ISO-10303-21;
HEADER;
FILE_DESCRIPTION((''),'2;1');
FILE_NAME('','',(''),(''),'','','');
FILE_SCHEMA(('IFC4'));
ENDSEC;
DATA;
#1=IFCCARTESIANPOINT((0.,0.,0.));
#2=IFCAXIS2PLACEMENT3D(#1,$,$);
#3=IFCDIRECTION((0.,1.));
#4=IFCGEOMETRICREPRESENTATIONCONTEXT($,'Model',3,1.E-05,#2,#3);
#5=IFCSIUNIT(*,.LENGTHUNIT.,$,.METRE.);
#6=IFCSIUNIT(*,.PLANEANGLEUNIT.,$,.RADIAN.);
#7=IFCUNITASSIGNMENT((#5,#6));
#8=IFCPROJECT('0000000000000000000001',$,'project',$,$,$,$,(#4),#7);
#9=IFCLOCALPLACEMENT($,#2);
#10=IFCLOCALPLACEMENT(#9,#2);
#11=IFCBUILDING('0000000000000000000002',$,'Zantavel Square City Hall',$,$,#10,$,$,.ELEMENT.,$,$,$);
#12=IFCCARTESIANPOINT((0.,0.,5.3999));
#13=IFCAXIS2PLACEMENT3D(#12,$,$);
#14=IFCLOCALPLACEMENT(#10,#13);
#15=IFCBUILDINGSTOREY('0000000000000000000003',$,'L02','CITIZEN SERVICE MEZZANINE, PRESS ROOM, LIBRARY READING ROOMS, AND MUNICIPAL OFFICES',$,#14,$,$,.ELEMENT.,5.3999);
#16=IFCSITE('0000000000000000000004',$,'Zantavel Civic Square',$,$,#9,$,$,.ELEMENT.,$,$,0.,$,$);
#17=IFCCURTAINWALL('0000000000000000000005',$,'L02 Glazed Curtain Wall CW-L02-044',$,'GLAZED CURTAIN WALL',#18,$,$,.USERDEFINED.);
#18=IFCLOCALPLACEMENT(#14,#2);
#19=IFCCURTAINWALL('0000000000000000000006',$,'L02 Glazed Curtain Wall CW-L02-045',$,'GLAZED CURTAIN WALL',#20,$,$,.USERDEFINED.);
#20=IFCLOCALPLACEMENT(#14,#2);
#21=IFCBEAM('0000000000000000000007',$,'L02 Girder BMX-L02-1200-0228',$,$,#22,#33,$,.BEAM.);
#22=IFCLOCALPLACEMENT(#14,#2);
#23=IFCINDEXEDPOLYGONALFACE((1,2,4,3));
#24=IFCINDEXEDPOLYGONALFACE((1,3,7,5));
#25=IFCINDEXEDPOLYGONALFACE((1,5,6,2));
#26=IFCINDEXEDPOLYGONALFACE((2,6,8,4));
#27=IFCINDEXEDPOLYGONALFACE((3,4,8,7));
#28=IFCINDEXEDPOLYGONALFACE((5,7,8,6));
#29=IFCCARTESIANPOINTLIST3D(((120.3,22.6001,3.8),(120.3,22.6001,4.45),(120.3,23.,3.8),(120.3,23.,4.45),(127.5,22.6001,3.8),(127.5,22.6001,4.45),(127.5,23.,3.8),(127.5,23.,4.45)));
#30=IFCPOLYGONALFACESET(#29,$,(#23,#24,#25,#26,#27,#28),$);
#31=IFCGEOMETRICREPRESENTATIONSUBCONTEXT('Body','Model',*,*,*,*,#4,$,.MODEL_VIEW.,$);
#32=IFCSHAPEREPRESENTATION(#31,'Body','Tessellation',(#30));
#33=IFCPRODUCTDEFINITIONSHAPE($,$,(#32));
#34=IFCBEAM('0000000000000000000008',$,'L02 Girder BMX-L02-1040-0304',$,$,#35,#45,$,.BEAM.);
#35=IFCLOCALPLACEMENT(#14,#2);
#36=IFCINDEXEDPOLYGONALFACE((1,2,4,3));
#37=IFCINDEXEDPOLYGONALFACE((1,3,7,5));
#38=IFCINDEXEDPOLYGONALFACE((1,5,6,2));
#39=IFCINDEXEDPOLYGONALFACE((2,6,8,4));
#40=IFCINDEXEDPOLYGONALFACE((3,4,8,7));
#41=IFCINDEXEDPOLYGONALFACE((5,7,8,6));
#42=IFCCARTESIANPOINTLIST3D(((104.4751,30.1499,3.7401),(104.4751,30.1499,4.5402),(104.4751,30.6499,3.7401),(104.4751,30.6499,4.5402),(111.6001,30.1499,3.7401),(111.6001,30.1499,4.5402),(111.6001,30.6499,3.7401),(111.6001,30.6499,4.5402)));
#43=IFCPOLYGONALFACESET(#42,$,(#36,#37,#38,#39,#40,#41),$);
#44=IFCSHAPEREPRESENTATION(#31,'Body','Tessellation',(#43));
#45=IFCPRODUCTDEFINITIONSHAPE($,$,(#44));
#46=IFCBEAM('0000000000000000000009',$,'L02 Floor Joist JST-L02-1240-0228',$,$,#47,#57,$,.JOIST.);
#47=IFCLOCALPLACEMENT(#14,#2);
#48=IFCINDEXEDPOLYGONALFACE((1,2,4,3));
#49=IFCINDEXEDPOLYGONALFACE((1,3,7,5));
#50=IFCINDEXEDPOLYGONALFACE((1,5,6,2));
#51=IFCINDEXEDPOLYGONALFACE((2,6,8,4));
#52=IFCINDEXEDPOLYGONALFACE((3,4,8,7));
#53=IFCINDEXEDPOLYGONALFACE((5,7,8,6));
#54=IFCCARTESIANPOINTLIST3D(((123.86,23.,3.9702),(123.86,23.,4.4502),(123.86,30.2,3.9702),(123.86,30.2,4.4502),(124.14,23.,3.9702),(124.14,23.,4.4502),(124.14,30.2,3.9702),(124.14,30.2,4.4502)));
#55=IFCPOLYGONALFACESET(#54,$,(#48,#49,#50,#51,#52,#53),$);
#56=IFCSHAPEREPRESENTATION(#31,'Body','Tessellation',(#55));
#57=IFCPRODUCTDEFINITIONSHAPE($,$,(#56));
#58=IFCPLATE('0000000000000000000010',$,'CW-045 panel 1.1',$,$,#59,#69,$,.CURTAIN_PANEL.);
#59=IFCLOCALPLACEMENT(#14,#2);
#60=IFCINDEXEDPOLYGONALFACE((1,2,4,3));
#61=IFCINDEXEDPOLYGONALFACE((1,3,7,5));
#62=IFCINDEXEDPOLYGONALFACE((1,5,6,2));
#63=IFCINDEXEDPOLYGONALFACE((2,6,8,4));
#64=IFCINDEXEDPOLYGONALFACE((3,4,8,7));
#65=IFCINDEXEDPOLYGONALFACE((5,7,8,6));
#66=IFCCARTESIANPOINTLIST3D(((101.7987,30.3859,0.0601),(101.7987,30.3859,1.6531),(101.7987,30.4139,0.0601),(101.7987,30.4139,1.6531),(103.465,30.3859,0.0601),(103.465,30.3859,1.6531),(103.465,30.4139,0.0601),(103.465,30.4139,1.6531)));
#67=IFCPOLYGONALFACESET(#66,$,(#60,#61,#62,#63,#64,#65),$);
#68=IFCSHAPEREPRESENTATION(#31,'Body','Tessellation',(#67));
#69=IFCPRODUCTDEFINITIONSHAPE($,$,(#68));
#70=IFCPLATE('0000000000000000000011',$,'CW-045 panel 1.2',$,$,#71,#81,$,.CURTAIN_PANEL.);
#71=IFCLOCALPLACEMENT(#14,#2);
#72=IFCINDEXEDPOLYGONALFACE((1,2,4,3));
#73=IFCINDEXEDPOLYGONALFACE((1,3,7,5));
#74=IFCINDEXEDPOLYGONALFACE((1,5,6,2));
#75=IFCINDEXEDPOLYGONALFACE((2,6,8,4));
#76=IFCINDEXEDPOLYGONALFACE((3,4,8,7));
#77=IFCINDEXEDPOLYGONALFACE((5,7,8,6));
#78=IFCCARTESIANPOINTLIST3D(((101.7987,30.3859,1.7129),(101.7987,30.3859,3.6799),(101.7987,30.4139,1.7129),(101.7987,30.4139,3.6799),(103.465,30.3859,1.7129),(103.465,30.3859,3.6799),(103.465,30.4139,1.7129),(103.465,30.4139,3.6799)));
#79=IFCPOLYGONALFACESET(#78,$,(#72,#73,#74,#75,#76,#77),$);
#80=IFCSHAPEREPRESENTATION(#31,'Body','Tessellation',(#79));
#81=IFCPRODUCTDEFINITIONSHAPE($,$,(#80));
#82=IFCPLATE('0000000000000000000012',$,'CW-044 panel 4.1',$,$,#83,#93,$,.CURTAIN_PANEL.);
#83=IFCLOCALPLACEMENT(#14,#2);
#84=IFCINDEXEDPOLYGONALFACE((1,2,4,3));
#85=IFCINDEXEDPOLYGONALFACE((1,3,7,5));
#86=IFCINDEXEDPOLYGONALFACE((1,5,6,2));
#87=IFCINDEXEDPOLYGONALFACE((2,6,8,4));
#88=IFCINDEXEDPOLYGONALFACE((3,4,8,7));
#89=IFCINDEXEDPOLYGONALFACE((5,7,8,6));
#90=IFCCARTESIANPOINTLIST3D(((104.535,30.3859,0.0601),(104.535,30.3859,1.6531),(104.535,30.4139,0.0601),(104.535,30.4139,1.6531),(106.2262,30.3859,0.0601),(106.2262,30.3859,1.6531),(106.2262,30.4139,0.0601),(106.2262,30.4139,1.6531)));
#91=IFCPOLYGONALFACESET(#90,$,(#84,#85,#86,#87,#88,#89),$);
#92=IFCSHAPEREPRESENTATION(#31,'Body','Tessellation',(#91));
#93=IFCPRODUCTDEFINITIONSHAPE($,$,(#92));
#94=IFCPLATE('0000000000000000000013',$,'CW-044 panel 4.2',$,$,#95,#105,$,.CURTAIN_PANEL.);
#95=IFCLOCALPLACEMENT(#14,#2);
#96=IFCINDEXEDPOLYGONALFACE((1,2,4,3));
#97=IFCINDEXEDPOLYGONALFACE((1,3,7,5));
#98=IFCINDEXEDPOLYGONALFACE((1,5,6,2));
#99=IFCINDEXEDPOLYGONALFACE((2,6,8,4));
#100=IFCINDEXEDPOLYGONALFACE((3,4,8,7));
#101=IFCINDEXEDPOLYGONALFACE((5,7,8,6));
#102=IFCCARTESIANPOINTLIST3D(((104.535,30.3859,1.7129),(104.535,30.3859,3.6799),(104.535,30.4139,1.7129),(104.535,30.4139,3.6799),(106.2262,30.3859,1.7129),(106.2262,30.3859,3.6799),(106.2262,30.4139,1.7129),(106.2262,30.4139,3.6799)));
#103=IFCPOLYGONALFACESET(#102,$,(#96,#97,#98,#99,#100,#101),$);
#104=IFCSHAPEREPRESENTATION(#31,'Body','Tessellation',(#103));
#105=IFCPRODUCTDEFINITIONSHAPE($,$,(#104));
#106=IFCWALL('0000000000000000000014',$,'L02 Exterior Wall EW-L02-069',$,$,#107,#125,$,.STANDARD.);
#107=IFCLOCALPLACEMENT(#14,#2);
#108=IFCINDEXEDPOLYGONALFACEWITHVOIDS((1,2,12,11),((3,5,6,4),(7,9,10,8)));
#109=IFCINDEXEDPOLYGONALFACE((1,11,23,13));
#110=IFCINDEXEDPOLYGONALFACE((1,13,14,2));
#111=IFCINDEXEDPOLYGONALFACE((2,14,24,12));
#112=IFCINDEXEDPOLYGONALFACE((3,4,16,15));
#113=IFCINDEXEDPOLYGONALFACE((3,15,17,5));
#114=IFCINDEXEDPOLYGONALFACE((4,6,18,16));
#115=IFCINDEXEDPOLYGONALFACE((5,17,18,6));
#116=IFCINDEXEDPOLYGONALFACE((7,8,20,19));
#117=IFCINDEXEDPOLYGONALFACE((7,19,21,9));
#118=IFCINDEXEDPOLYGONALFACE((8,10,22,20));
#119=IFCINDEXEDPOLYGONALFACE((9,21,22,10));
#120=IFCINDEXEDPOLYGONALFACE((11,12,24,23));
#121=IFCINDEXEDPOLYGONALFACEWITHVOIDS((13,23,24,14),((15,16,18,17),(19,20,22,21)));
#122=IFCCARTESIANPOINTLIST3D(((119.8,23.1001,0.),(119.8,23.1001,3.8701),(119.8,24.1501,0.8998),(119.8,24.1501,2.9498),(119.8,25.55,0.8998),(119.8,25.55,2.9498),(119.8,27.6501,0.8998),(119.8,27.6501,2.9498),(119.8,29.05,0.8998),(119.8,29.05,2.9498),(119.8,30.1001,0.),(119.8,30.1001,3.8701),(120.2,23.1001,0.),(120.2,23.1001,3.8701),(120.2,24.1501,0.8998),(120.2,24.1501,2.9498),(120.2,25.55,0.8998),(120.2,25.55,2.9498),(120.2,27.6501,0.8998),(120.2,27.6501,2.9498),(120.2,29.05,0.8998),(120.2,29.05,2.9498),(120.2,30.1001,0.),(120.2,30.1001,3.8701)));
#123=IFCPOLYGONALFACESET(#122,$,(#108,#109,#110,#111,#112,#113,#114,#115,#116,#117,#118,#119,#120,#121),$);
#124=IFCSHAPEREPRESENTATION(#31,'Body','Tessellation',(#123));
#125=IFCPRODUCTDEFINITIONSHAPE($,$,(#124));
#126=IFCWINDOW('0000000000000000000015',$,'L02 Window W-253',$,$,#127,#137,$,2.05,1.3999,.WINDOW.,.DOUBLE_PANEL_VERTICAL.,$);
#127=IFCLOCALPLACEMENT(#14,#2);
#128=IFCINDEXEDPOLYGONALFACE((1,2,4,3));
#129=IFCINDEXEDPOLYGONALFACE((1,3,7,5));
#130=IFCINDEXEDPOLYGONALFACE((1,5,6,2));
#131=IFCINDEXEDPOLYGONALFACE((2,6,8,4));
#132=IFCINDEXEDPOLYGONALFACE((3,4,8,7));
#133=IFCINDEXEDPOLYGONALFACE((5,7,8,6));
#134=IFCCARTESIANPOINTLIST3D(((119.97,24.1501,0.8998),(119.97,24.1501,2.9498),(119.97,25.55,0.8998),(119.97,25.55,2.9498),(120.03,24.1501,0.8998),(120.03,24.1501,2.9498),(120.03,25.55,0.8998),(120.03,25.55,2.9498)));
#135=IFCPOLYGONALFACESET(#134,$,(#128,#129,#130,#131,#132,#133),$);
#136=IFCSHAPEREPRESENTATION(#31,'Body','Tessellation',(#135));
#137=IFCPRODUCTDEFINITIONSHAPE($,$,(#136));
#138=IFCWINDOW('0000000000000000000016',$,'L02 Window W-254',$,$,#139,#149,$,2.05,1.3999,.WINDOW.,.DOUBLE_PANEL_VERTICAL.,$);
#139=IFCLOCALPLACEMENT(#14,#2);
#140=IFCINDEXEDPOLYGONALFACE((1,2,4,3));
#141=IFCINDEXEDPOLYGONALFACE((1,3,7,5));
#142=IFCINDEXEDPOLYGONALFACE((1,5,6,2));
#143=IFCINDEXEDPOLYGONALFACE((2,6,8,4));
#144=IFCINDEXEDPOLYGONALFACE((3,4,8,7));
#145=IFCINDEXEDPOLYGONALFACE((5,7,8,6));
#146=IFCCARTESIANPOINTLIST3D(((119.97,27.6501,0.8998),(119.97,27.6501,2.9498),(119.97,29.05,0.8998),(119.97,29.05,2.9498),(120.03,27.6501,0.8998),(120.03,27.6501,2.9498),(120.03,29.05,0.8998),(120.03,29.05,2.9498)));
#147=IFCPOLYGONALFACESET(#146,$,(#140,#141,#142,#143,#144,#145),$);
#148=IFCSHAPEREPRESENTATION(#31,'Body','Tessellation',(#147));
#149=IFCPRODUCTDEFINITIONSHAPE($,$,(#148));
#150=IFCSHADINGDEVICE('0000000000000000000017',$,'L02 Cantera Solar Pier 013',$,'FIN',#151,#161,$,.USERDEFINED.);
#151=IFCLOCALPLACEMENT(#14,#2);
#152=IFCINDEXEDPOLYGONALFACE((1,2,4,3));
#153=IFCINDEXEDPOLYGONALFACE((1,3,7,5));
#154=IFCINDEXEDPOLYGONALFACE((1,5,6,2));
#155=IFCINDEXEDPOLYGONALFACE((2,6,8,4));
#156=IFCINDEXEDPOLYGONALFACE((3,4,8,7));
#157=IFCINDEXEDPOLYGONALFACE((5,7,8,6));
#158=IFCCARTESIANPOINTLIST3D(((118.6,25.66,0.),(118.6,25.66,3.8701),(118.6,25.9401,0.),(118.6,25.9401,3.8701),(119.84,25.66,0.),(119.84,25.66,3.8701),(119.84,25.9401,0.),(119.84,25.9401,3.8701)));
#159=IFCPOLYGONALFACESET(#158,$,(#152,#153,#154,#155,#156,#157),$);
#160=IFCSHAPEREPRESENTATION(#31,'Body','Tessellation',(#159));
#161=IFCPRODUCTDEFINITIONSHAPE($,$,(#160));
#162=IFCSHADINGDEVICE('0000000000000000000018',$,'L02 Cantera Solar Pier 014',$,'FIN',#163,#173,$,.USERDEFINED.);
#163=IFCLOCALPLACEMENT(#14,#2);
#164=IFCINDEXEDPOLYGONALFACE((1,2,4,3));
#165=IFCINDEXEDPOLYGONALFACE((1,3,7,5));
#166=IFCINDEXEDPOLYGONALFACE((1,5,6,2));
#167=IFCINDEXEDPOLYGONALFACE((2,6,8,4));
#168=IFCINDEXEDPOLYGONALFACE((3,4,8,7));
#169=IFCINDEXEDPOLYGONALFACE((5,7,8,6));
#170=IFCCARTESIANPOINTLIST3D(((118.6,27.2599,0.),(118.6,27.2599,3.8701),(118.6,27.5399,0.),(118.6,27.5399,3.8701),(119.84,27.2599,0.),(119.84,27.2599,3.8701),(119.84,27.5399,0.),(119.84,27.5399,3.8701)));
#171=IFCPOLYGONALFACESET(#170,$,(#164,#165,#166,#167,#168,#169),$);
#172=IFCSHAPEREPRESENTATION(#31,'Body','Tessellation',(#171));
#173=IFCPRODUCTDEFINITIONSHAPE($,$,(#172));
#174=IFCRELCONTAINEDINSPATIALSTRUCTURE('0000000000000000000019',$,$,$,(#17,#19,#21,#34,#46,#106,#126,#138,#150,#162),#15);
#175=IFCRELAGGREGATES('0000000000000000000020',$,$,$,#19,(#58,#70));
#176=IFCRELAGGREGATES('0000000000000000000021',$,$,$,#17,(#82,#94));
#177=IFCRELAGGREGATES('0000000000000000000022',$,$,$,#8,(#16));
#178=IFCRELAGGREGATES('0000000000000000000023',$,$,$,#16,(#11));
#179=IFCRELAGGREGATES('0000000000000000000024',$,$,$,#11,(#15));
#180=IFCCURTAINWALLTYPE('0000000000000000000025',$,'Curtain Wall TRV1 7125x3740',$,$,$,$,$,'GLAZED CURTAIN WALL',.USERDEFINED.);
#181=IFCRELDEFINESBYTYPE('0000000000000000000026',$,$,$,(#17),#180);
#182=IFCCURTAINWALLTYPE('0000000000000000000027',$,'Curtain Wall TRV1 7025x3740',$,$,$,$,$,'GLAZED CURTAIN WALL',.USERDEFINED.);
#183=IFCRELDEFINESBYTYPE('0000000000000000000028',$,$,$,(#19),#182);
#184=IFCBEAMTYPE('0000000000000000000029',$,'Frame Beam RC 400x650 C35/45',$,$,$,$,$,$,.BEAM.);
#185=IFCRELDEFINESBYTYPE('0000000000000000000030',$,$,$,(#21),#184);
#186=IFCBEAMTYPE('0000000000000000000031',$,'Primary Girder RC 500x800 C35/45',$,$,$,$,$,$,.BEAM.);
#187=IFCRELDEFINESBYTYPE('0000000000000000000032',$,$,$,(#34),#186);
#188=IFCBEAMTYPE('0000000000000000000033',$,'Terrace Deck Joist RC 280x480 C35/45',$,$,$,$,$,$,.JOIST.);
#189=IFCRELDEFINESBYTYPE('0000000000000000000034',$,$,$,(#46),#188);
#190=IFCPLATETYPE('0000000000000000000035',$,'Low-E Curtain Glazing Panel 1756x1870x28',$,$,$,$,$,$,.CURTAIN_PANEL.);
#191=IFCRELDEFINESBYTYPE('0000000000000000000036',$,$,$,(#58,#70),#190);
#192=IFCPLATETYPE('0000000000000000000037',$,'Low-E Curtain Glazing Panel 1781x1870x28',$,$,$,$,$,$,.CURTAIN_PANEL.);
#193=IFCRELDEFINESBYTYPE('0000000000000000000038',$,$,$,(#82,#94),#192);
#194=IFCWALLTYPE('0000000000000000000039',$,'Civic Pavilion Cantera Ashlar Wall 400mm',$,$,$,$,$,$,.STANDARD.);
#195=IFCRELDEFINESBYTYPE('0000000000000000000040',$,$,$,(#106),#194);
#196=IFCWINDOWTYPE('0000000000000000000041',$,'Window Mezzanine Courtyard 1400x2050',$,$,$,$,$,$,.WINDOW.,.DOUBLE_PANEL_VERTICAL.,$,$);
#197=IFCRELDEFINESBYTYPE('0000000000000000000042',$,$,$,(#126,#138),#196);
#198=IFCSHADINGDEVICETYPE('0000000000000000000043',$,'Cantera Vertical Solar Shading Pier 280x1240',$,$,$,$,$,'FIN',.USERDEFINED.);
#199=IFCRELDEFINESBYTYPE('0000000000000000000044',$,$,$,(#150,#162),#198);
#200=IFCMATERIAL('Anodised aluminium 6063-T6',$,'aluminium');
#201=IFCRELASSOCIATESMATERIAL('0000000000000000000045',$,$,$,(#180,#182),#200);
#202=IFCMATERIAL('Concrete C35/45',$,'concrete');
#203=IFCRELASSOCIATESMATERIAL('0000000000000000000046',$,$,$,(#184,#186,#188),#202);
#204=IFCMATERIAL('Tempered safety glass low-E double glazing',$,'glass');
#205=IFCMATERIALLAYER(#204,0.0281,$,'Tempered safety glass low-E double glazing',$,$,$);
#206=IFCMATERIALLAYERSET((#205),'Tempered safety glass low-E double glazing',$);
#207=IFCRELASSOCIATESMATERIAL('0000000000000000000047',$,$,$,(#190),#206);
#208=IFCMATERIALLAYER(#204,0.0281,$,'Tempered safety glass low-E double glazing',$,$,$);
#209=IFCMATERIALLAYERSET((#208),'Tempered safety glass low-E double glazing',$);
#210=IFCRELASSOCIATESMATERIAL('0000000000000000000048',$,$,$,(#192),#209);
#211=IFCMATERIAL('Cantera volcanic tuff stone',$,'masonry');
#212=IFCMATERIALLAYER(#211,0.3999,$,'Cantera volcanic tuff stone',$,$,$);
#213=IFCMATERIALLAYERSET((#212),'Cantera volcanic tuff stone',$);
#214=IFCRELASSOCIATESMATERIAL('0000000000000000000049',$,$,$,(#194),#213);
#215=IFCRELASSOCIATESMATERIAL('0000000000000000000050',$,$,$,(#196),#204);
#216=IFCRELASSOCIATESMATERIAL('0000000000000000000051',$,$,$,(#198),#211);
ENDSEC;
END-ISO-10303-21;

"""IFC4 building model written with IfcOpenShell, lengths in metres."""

from ifc_helpers import new_model, si_unit, direction, frame, frame_2d, origin, origin_2d, place, context, subcontext, project, spatial, rectangle, extrude, material, layer, layer_set, material_profile, profile_set, type_object, element, fill, aggregate, save


model = new_model("IFC4")

# Units and contexts
model_context = context("Model", 3, precision=1e-05, world=origin(), true_north=direction((0.0, 1.0)))
body_context = subcontext(model_context, "Body", "Model", "MODEL_VIEW")
ifc_project = project(units=[si_unit("LENGTHUNIT", "METRE"), si_unit("PLANEANGLEUNIT", "RADIAN")], contexts=[model_context])

# Site, building, storey
site_placement = place(None, origin())
site = spatial("IfcSite", under=ifc_project, at=site_placement, Name="Zantavel Civic Square", CompositionType="ELEMENT", RefElevation=0.0)
building_placement = place(site_placement, origin())
building = spatial("IfcBuilding", under=site, at=building_placement, Name="Zantavel Square City Hall", CompositionType="ELEMENT")
storey_placement = place(building_placement, frame((0.0, 0.0, 5.3999)))
storey = spatial("IfcBuildingStorey", under=building, at=storey_placement, Name="L02", Description="CITIZEN SERVICE MEZZANINE, PRESS ROOM, LIBRARY READING ROOMS, AND MUNICIPAL OFFICES", CompositionType="ELEMENT", Elevation=5.3999)

# Shared definitions
ifc_material_1 = material(Name="Concrete C35/45", Category="concrete")

# Curtain wall
ifc_material_2 = material(Name="Anodised aluminium 6063-T6", Category="aluminium")
curtain_wall_type_1 = type_object("IfcCurtainWallType", Name="Curtain Wall TRV1 7125x3740", ElementType="GLAZED CURTAIN WALL", PredefinedType="USERDEFINED", material=ifc_material_2)
curtain_wall_1_placement = place(storey_placement, origin())
curtain_wall_1 = element("IfcCurtainWall", 1, at=curtain_wall_1_placement, inside=storey, type_object=curtain_wall_type_1, Name="L02 Glazed Curtain Wall CW-L02-044", ObjectType="GLAZED CURTAIN WALL", PredefinedType="USERDEFINED")

# Curtain wall
curtain_wall_type_2 = type_object("IfcCurtainWallType", Name="Curtain Wall TRV1 7025x3740", ElementType="GLAZED CURTAIN WALL", PredefinedType="USERDEFINED", material=ifc_material_2)
curtain_wall_2_placement = place(storey_placement, origin())
curtain_wall_2 = element("IfcCurtainWall", 2, at=curtain_wall_2_placement, inside=storey, type_object=curtain_wall_type_2, Name="L02 Glazed Curtain Wall CW-L02-045", ObjectType="GLAZED CURTAIN WALL", PredefinedType="USERDEFINED")

# Beams
ifc_material_profile_1 = material_profile(ifc_material_1, rectangle(XDim=0.3999, YDim=0.6499, at=origin_2d()), Name="RC 400x650")
ifc_profile_set_1 = profile_set([ifc_material_profile_1], Name="Concrete C35/45")
beam_type_1 = type_object("IfcBeamType", Name="Frame Beam RC 400x650 C35/45", PredefinedType="BEAM", material=ifc_profile_set_1)
beam_1_placement = place(storey_placement, frame((120.3, 22.8, 4.125), z_axis=(1.0, 0.0, 0.0), x_axis=(0.0, 1.0, 0.0)))
element("IfcBeam", 3, at=beam_1_placement, inside=storey, type_object=beam_type_1, Name="L02 Girder BMX-L02-1200-0228", PredefinedType="BEAM", context=body_context, shape_type="SweptSolid", body=[
    extrude(rectangle(XDim=0.3999, YDim=0.6499, at=origin_2d()), origin(), (0.0, 0.0, 1.0), 7.2),
])
ifc_material_profile_2 = material_profile(ifc_material_1, rectangle(XDim=0.5, YDim=0.8, at=origin_2d()), Name="RC 500x800")
ifc_profile_set_2 = profile_set([ifc_material_profile_2], Name="Concrete C35/45")
beam_type_2 = type_object("IfcBeamType", Name="Primary Girder RC 500x800 C35/45", PredefinedType="BEAM", material=ifc_profile_set_2)
beam_2_placement = place(storey_placement, frame((104.4751, 30.3999, 4.1401), z_axis=(1.0, 0.0, 0.0), x_axis=(0.0, 1.0, 0.0)))
element("IfcBeam", 4, at=beam_2_placement, inside=storey, type_object=beam_type_2, Name="L02 Girder BMX-L02-1040-0304", PredefinedType="BEAM", context=body_context, shape_type="SweptSolid", body=[
    extrude(rectangle(XDim=0.5, YDim=0.8, at=origin_2d()), origin(), (0.0, 0.0, 1.0), 7.125),
])
ifc_material_profile_3 = material_profile(ifc_material_1, rectangle(XDim=0.28, YDim=0.48, at=origin_2d()), Name="RC 280x480")
ifc_profile_set_3 = profile_set([ifc_material_profile_3], Name="Concrete C35/45")
beam_type_3 = type_object("IfcBeamType", Name="Terrace Deck Joist RC 280x480 C35/45", PredefinedType="JOIST", material=ifc_profile_set_3)
beam_3_placement = place(storey_placement, frame((124.0, 23.0, 4.2102), z_axis=(0.0, 1.0, 0.0), x_axis=(-1.0, 0.0, 0.0)))
element("IfcBeam", 5, at=beam_3_placement, inside=storey, type_object=beam_type_3, Name="L02 Floor Joist JST-L02-1240-0228", PredefinedType="JOIST", context=body_context, shape_type="SweptSolid", body=[
    extrude(rectangle(XDim=0.28, YDim=0.48, at=origin_2d()), origin(), (0.0, 0.0, 1.0), 7.2),
])

# Plates
ifc_material_3 = material(Name="Tempered safety glass low-E double glazing", Category="glass")
ifc_layer_1 = layer(ifc_material_3, 0.0281, Name="Tempered safety glass low-E double glazing")
ifc_layer_set_1 = layer_set([ifc_layer_1], Name="Tempered safety glass low-E double glazing")
plate_type_1 = type_object("IfcPlateType", Name="Low-E Curtain Glazing Panel 1756x1870x28", PredefinedType="CURTAIN_PANEL", material=ifc_layer_set_1)
plate_1_placement = place(storey_placement, frame((102.6318, 30.3999, 0.0601), z_axis=(0.0, 0.0, 1.0), x_axis=(-1.0, 0.0, 0.0)))
plate_1 = element("IfcPlate", 6, at=plate_1_placement, type_object=plate_type_1, Name="CW-045 panel 1.1", PredefinedType="CURTAIN_PANEL", context=body_context, shape_type="SweptSolid", body=[
    extrude(rectangle(XDim=1.6663, YDim=0.0281, at=origin_2d()), origin(), (0.0, 0.0, 1.0), 1.593),
])
plate_2_placement = place(storey_placement, frame((102.6318, 30.3999, 1.7129), z_axis=(0.0, 0.0, 1.0), x_axis=(-1.0, 0.0, 0.0)))
plate_2 = element("IfcPlate", 7, at=plate_2_placement, type_object=plate_type_1, Name="CW-045 panel 1.2", PredefinedType="CURTAIN_PANEL", context=body_context, shape_type="SweptSolid", body=[
    extrude(rectangle(XDim=1.6663, YDim=0.0281, at=origin_2d()), origin(), (0.0, 0.0, 1.0), 1.967),
])
aggregate(curtain_wall_2, [plate_1, plate_2])
ifc_layer_2 = layer(ifc_material_3, 0.0281, Name="Tempered safety glass low-E double glazing")
ifc_layer_set_2 = layer_set([ifc_layer_2], Name="Tempered safety glass low-E double glazing")
plate_type_2 = type_object("IfcPlateType", Name="Low-E Curtain Glazing Panel 1781x1870x28", PredefinedType="CURTAIN_PANEL", material=ifc_layer_set_2)
plate_3_placement = place(storey_placement, frame((105.3806, 30.3999, 0.0601), z_axis=(0.0, 0.0, 1.0), x_axis=(-1.0, 0.0, 0.0)))
plate_3 = element("IfcPlate", 8, at=plate_3_placement, type_object=plate_type_2, Name="CW-044 panel 4.1", PredefinedType="CURTAIN_PANEL", context=body_context, shape_type="SweptSolid", body=[
    extrude(rectangle(XDim=1.6912, YDim=0.0281, at=origin_2d()), origin(), (0.0, 0.0, 1.0), 1.593),
])
plate_4_placement = place(storey_placement, frame((105.3806, 30.3999, 1.7129), z_axis=(0.0, 0.0, 1.0), x_axis=(-1.0, 0.0, 0.0)))
plate_4 = element("IfcPlate", 9, at=plate_4_placement, type_object=plate_type_2, Name="CW-044 panel 4.2", PredefinedType="CURTAIN_PANEL", context=body_context, shape_type="SweptSolid", body=[
    extrude(rectangle(XDim=1.6912, YDim=0.0281, at=origin_2d()), origin(), (0.0, 0.0, 1.0), 1.967),
])
aggregate(curtain_wall_1, [plate_3, plate_4])

# Wall, openings, windows
ifc_material_4 = material(Name="Cantera volcanic tuff stone", Category="masonry")
ifc_layer_3 = layer(ifc_material_4, 0.3999, Name="Cantera volcanic tuff stone")
ifc_layer_set_3 = layer_set([ifc_layer_3], Name="Cantera volcanic tuff stone")
wall_type = type_object("IfcWallType", Name="Civic Pavilion Cantera Ashlar Wall 400mm", PredefinedType="STANDARD", material=ifc_layer_set_3)
wall_placement = place(storey_placement, frame((120.0, 23.1001, 0.0), z_axis=(0.0, 0.0, 1.0), x_axis=(0.0, 1.0, 0.0)))
wall = element("IfcWall", 10, at=wall_placement, inside=storey, type_object=wall_type, Name="L02 Exterior Wall EW-L02-069", PredefinedType="STANDARD", context=body_context, shape_type="SweptSolid", body=[
    extrude(rectangle(XDim=7.0, YDim=0.3999, at=frame_2d((3.5, 0.0))), origin(), (0.0, 0.0, 1.0), 3.8701),
])
opening_1_placement = place(wall_placement, frame((1.05, 0.0, 0.8999)))
opening_1 = element("IfcOpeningElement", 11, at=opening_1_placement, cuts=wall, PredefinedType="OPENING", context=body_context, shape_type="SweptSolid", body=[
    extrude(rectangle(XDim=1.3999, YDim=2.05, at=frame_2d((0.7, 1.0249))), frame((0.0, 0.21, 0.0), z_axis=(0.0, -1.0, 0.0), x_axis=(1.0, 0.0, 0.0)), (0.0, 0.0, 1.0), 0.4199),
])
opening_2_placement = place(wall_placement, frame((4.55, 0.0, 0.8999)))
opening_2 = element("IfcOpeningElement", 12, at=opening_2_placement, cuts=wall, PredefinedType="OPENING", context=body_context, shape_type="SweptSolid", body=[
    extrude(rectangle(XDim=1.3999, YDim=2.05, at=frame_2d((0.7, 1.0249))), frame((0.0, 0.21, 0.0), z_axis=(0.0, -1.0, 0.0), x_axis=(1.0, 0.0, 0.0)), (0.0, 0.0, 1.0), 0.4199),
])
window_type = type_object("IfcWindowType", Name="Window Mezzanine Courtyard 1400x2050", PartitioningType="DOUBLE_PANEL_VERTICAL", PredefinedType="WINDOW", material=ifc_material_3)
window_1_placement = place(opening_1_placement, origin())
window_1 = element("IfcWindow", 13, at=window_1_placement, inside=storey, type_object=window_type, Name="L02 Window W-253", OverallHeight=2.05, OverallWidth=1.3999, PartitioningType="DOUBLE_PANEL_VERTICAL", PredefinedType="WINDOW", context=body_context, shape_type="SweptSolid", body=[
    extrude(rectangle(XDim=1.3999, YDim=2.05, at=frame_2d((0.7, 1.0249))), frame((0.0, 0.03, 0.0), z_axis=(0.0, -1.0, 0.0), x_axis=(1.0, 0.0, 0.0)), (0.0, 0.0, 1.0), 0.0601),
])
fill(opening_1, window_1)
window_2_placement = place(opening_2_placement, origin())
window_2 = element("IfcWindow", 14, at=window_2_placement, inside=storey, type_object=window_type, Name="L02 Window W-254", OverallHeight=2.05, OverallWidth=1.3999, PartitioningType="DOUBLE_PANEL_VERTICAL", PredefinedType="WINDOW", context=body_context, shape_type="SweptSolid", body=[
    extrude(rectangle(XDim=1.3999, YDim=2.05, at=frame_2d((0.7, 1.0249))), frame((0.0, 0.03, 0.0), z_axis=(0.0, -1.0, 0.0), x_axis=(1.0, 0.0, 0.0)), (0.0, 0.0, 1.0), 0.0601),
])
fill(opening_2, window_2)

# Shading devices
shading_device_type = type_object("IfcShadingDeviceType", Name="Cantera Vertical Solar Shading Pier 280x1240", ElementType="FIN", PredefinedType="USERDEFINED", material=ifc_material_4)
for number, where, z_axis, x_axis, name in (
    (15, (119.22, 25.8, 0.0), (0.0, 0.0, 1.0), (1.0, 0.0, 0.0), "L02 Cantera Solar Pier 013"),
    (16, (119.22, 27.3999, 0.0), (0.0, 0.0, 1.0), (1.0, 0.0, 0.0), "L02 Cantera Solar Pier 014"),
):
    element("IfcShadingDevice", number, at=place(storey_placement, frame(where, z_axis=z_axis, x_axis=x_axis)), inside=storey, type_object=shading_device_type, Name=name, ObjectType="FIN", PredefinedType="USERDEFINED", context=body_context, shape_type="SweptSolid", body=[
        extrude(rectangle(XDim=1.24, YDim=0.28, at=origin_2d()), origin(), (0.0, 0.0, 1.0), 3.8701),
    ])

save(model, "model.ifc")
